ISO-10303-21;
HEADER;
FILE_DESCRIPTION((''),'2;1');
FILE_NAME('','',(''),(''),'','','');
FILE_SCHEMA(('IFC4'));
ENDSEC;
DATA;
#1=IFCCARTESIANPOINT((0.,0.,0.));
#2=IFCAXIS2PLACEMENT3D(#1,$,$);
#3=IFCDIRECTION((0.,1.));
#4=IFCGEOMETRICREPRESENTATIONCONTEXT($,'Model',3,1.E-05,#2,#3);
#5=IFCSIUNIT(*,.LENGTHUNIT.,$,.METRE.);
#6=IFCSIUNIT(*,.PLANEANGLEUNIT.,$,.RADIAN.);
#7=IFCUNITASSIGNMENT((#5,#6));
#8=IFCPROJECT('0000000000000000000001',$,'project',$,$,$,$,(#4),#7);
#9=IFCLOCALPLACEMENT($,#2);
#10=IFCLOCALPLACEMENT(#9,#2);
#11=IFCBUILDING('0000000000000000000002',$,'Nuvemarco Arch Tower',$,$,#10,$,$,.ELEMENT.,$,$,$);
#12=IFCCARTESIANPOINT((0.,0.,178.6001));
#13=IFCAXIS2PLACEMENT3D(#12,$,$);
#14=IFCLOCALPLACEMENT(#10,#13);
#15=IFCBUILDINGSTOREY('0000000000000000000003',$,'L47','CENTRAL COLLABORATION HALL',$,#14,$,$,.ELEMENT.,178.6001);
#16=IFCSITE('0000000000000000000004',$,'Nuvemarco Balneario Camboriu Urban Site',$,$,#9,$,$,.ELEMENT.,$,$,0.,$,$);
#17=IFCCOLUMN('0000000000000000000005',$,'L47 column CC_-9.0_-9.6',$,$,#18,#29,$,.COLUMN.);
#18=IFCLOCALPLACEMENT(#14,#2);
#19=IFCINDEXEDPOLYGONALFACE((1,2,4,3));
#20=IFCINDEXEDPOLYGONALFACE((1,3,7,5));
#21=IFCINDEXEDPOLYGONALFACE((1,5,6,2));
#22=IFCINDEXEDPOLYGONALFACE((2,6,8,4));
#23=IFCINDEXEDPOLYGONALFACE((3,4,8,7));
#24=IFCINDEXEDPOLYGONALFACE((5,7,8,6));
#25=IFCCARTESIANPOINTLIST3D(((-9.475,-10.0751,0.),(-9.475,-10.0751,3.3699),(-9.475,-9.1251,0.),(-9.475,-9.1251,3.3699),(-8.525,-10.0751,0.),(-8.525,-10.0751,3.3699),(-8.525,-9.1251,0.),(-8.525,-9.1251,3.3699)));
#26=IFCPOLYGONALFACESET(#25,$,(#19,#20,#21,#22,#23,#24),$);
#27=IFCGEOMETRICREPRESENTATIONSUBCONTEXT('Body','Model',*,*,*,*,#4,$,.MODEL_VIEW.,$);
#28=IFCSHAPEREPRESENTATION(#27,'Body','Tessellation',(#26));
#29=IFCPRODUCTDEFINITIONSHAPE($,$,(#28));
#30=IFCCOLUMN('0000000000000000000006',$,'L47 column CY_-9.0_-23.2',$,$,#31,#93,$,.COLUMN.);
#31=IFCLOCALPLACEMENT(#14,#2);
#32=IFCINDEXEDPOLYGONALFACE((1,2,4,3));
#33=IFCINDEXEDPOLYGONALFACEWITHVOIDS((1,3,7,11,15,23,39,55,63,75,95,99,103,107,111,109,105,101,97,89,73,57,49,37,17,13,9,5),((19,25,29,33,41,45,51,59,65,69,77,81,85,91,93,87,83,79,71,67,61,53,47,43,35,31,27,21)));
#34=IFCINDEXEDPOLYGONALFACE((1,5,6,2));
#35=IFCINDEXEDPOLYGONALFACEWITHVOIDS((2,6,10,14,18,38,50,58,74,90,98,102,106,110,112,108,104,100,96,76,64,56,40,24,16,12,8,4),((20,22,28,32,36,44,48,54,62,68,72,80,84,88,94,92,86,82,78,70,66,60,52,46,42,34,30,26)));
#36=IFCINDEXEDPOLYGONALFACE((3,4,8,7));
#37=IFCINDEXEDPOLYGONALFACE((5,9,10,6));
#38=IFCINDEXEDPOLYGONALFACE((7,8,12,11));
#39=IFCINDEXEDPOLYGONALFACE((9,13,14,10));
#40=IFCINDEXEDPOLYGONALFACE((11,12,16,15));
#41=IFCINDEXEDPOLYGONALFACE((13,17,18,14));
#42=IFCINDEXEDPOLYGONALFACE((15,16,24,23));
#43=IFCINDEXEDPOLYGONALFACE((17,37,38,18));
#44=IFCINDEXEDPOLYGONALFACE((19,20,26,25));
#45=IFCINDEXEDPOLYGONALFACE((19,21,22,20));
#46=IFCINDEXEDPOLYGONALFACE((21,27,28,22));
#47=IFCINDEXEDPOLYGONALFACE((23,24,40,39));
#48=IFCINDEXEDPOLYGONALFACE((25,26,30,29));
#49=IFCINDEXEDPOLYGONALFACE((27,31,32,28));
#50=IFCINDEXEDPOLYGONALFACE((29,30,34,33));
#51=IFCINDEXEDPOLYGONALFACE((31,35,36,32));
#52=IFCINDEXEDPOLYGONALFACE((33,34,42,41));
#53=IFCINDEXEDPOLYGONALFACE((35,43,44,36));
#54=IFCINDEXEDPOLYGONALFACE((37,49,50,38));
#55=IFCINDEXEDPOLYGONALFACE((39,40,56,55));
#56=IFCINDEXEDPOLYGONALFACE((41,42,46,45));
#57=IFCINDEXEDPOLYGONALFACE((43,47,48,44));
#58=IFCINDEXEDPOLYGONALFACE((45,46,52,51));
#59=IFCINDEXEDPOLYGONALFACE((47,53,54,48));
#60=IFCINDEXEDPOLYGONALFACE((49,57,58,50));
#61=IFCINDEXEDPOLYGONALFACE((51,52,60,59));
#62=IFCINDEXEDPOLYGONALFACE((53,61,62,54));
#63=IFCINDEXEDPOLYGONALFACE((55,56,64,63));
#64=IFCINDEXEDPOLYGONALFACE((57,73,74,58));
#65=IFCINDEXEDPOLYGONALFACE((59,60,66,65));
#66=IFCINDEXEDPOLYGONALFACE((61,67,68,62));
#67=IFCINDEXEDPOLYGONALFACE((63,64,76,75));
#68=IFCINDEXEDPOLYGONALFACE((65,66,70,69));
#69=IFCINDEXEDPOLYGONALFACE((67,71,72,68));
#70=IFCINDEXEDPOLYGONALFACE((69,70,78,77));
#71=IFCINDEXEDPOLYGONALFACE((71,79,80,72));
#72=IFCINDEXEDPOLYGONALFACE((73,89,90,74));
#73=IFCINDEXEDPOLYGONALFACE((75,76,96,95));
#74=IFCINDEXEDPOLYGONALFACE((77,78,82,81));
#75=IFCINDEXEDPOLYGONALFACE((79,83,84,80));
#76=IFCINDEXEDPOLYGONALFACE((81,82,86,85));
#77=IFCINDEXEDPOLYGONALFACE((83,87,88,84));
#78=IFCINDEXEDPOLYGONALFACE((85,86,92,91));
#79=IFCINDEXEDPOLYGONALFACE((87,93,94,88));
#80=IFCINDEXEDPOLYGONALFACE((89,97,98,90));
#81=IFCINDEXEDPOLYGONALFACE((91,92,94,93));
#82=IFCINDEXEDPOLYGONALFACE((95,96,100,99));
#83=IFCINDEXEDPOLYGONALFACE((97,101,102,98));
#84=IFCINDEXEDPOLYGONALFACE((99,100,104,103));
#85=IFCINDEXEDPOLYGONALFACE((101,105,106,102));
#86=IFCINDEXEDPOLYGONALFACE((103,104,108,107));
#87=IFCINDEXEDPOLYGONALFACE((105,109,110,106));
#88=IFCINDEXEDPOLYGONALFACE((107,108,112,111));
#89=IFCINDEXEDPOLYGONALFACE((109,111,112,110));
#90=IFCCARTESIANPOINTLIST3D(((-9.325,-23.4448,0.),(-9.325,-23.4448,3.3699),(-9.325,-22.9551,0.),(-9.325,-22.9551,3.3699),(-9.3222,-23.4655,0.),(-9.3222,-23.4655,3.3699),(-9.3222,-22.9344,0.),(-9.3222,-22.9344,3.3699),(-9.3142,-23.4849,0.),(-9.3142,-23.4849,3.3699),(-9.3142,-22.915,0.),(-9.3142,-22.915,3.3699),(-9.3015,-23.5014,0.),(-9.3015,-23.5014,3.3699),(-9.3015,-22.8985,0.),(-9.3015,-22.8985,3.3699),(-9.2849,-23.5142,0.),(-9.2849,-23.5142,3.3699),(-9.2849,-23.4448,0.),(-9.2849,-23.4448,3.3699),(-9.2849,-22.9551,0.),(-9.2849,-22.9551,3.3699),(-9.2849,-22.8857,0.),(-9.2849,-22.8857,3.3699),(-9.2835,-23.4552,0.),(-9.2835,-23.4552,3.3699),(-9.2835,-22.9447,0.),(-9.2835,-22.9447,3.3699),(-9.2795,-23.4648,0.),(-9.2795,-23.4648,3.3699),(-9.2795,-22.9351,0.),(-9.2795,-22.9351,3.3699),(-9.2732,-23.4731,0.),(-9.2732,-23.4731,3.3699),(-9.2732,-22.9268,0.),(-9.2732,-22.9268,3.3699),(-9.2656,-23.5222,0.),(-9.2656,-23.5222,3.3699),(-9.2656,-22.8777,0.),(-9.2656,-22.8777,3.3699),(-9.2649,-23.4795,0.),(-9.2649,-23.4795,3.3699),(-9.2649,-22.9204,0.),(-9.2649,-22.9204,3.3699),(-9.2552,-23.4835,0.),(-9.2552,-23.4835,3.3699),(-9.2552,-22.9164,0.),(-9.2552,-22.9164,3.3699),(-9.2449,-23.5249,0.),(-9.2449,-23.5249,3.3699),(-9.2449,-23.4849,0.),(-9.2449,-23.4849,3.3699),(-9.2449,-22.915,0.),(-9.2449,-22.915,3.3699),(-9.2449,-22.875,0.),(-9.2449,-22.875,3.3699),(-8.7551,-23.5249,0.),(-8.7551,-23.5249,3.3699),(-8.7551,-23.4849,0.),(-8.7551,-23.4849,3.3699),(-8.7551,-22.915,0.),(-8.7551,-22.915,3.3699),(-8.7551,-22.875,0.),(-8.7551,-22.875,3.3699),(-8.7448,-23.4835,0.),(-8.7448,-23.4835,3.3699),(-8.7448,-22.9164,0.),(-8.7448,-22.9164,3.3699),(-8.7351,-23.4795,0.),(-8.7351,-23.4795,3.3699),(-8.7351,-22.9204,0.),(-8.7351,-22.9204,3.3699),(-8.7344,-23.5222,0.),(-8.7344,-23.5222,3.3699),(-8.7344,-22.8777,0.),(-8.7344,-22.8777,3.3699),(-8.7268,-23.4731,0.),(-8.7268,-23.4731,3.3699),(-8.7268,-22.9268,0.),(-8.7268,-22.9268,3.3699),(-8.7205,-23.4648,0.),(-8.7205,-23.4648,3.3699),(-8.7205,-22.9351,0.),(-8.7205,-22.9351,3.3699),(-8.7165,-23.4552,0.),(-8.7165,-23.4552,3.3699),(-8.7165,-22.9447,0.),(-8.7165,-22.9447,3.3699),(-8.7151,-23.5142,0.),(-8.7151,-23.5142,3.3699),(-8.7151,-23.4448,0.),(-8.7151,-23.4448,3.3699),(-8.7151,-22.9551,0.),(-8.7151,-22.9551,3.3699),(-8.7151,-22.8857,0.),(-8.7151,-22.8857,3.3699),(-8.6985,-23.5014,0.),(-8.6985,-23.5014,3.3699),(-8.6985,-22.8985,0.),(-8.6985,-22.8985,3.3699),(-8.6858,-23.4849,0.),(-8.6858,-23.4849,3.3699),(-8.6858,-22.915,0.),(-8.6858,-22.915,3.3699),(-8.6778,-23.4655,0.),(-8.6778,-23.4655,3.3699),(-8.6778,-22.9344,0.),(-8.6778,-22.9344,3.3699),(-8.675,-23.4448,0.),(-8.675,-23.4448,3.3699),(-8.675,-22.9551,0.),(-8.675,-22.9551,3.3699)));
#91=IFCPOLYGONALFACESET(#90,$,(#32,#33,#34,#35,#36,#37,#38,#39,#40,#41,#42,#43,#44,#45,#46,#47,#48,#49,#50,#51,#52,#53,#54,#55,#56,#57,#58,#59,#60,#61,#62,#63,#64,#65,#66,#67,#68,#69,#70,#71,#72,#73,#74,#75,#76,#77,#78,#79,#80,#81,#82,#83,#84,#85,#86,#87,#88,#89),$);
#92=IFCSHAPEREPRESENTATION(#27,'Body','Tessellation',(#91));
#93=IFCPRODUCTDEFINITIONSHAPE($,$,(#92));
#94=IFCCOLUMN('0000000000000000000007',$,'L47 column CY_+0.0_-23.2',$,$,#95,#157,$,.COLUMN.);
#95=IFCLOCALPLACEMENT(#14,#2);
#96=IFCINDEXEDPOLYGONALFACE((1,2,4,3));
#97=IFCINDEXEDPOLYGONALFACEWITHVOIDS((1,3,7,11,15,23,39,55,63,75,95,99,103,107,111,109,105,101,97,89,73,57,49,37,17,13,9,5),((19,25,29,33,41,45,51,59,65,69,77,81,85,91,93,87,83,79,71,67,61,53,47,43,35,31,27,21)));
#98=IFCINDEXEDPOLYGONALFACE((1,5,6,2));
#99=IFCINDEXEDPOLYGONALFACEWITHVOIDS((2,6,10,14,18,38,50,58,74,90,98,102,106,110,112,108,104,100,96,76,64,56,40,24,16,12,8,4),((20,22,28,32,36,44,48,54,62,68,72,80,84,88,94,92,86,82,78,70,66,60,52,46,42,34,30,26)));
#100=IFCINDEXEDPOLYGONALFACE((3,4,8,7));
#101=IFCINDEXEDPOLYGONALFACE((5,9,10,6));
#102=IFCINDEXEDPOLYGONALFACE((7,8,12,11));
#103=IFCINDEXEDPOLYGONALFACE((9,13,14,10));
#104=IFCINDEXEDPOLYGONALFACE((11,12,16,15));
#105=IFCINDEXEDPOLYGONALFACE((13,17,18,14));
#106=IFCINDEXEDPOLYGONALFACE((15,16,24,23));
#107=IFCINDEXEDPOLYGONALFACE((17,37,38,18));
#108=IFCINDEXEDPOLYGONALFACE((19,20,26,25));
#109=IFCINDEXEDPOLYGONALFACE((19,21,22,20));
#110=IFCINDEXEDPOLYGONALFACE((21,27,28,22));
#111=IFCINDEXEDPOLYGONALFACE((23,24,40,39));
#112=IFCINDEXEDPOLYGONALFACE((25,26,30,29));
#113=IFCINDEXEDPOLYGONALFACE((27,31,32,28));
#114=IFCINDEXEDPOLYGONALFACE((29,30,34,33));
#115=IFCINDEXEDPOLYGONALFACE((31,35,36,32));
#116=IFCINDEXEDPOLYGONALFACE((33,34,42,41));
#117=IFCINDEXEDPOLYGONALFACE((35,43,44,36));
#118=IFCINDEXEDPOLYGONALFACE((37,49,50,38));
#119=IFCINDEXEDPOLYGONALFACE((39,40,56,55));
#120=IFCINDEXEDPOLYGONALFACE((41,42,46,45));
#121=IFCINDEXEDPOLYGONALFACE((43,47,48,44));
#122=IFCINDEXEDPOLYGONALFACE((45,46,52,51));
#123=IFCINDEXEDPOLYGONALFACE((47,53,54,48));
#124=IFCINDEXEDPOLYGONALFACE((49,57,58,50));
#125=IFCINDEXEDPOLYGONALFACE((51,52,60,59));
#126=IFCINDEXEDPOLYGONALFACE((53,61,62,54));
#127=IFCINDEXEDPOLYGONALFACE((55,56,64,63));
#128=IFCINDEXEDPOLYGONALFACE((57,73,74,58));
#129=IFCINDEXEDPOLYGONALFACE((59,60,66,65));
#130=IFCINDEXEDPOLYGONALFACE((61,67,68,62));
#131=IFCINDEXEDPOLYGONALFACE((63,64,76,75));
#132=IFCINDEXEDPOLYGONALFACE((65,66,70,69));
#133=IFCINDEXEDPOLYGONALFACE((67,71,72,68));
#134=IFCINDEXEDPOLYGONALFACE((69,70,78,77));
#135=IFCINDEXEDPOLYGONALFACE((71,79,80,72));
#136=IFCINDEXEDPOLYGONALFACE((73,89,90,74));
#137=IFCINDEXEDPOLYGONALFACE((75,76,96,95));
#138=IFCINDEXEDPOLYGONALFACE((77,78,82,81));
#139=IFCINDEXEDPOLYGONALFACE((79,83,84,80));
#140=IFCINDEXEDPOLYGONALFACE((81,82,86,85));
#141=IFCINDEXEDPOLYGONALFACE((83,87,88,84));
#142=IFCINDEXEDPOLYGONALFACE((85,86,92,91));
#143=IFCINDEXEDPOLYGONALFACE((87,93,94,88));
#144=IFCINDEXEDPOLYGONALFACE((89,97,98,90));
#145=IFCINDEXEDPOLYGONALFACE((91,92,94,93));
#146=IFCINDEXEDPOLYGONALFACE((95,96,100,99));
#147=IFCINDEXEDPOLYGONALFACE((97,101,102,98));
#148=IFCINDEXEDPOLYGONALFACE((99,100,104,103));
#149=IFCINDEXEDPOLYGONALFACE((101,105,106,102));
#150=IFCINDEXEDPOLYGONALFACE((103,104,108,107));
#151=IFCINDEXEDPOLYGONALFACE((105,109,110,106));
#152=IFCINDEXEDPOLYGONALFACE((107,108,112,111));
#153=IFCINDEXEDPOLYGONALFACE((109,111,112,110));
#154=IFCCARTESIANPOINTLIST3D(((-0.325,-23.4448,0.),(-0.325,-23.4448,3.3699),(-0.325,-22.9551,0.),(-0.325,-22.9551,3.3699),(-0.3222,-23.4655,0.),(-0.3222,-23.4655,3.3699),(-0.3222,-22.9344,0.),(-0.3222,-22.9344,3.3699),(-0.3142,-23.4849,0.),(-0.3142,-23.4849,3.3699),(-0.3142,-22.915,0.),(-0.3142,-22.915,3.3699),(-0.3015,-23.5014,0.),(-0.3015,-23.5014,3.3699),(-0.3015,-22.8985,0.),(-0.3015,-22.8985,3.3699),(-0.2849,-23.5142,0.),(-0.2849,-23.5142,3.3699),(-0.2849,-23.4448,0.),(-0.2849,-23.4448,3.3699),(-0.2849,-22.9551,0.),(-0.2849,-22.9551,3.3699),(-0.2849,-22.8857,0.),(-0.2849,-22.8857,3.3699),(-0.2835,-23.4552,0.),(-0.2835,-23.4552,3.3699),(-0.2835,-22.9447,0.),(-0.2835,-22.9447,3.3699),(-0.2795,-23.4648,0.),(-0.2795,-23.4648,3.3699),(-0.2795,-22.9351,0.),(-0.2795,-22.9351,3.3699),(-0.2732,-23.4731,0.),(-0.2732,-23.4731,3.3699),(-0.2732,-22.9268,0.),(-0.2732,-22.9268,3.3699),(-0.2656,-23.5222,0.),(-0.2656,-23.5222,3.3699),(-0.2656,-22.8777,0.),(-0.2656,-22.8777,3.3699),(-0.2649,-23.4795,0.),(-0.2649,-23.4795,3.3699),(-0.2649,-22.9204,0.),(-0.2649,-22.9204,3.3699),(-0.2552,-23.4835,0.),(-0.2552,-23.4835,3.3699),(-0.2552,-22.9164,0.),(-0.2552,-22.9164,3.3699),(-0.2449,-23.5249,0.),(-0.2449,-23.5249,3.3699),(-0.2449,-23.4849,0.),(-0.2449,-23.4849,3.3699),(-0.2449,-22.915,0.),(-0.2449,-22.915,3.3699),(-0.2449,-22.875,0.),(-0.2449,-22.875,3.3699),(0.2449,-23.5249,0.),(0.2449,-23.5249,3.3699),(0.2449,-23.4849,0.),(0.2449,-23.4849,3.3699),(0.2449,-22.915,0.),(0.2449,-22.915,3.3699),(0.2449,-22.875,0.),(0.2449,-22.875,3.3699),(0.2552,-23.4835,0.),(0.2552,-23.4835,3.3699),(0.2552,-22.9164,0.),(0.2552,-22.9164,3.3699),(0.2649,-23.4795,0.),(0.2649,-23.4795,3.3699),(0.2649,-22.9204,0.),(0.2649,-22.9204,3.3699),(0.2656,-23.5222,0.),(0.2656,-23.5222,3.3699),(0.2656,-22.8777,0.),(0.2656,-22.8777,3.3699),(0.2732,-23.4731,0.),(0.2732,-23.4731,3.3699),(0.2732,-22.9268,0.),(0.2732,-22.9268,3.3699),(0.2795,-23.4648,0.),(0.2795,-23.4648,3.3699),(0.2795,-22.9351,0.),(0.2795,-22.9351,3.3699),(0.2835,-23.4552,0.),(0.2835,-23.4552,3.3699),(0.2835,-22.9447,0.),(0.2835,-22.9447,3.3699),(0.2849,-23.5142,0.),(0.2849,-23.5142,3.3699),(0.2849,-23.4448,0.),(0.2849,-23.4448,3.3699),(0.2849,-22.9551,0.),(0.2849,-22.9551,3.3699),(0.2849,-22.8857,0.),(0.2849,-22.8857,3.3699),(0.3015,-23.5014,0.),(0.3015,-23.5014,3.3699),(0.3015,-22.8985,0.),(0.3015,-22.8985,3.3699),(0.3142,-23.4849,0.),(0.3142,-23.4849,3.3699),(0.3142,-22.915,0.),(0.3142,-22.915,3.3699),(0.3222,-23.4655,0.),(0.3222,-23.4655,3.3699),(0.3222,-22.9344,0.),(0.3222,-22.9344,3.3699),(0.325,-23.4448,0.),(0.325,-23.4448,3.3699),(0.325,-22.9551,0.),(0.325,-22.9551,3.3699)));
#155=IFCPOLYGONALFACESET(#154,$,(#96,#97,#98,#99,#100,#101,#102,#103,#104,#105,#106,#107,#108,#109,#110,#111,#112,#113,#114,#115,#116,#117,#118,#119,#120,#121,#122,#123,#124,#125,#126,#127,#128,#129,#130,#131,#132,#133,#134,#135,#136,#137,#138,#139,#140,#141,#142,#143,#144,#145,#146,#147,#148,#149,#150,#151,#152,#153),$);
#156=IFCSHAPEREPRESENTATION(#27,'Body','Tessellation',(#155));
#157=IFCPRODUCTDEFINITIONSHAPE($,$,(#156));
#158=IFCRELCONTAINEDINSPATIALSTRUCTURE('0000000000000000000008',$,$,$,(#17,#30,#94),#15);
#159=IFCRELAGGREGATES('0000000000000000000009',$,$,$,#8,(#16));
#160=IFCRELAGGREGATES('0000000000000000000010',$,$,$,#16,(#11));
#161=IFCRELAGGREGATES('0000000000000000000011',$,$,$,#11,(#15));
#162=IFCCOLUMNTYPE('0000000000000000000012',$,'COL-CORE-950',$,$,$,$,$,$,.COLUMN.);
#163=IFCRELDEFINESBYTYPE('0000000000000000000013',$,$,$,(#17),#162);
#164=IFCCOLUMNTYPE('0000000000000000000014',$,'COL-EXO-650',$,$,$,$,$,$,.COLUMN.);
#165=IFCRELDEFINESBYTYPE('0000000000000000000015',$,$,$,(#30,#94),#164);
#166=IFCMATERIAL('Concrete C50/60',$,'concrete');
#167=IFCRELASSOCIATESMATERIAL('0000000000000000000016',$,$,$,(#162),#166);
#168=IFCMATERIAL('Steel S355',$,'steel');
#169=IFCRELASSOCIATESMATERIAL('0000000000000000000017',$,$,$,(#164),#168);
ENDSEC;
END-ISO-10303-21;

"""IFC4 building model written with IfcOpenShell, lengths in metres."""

from ifc_helpers import new_model, si_unit, direction, frame, origin, origin_2d, place, context, subcontext, project, spatial, rectangle, hollow_rectangle, extrude, material, material_profile, profile_set, type_object, element, save


model = new_model("IFC4")

# Units and contexts
model_context = context("Model", 3, precision=1e-05, world=origin(), true_north=direction((0.0, 1.0)))
body_context = subcontext(model_context, "Body", "Model", "MODEL_VIEW")
ifc_project = project(units=[si_unit("LENGTHUNIT", "METRE"), si_unit("PLANEANGLEUNIT", "RADIAN")], contexts=[model_context])

# Site, building, storey
site_placement = place(None, origin())
site = spatial("IfcSite", under=ifc_project, at=site_placement, Name="Nuvemarco Balneario Camboriu Urban Site", CompositionType="ELEMENT", RefElevation=0.0)
building_placement = place(site_placement, origin())
building = spatial("IfcBuilding", under=site, at=building_placement, Name="Nuvemarco Arch Tower", CompositionType="ELEMENT")
storey_placement = place(building_placement, frame((0.0, 0.0, 178.6001)))
storey = spatial("IfcBuildingStorey", under=building, at=storey_placement, Name="L47", Description="CENTRAL COLLABORATION HALL", CompositionType="ELEMENT", Elevation=178.6001)

# Columns
ifc_material_1 = material(Name="Concrete C50/60", Category="concrete")
ifc_material_profile_1 = material_profile(ifc_material_1, rectangle(XDim=0.95, YDim=0.95, at=origin_2d()), Name="RC-COL-950x950")
ifc_profile_set_1 = profile_set([ifc_material_profile_1], Name="Concrete C50/60")
column_type_1 = type_object("IfcColumnType", Name="COL-CORE-950", PredefinedType="COLUMN", material=ifc_profile_set_1)
column_placement = place(storey_placement, frame((-9.0, -9.6001, 0.0), z_axis=(0.0, 0.0, 1.0), x_axis=(1.0, 0.0, 0.0)))
element("IfcColumn", 1, at=column_placement, inside=storey, type_object=column_type_1, Name="L47 column CC_-9.0_-9.6", PredefinedType="COLUMN", context=body_context, shape_type="SweptSolid", body=[
    extrude(rectangle(XDim=0.95, YDim=0.95, at=origin_2d()), origin(), (0.0, 0.0, 1.0), 3.3699),
])
ifc_material_2 = material(Name="Steel S355", Category="steel")
ifc_material_profile_2 = material_profile(ifc_material_2, hollow_rectangle(XDim=0.6499, YDim=0.6499, WallThickness=0.04, InnerFilletRadius=0.04, OuterFilletRadius=0.0801, at=origin_2d()), Name="SHS650x650x40")
ifc_profile_set_2 = profile_set([ifc_material_profile_2], Name="Steel S355")
column_type_2 = type_object("IfcColumnType", Name="COL-EXO-650", PredefinedType="COLUMN", material=ifc_profile_set_2)
for number, where, z_axis, x_axis, name in (
    (2, (-9.0, -23.2, 0.0), (0.0, 0.0, 1.0), (1.0, 0.0, 0.0), "L47 column CY_-9.0_-23.2"),
    (3, (0.0, -23.2, 0.0), (0.0, 0.0, 1.0), (1.0, 0.0, 0.0), "L47 column CY_+0.0_-23.2"),
):
    element("IfcColumn", number, at=place(storey_placement, frame(where, z_axis=z_axis, x_axis=x_axis)), inside=storey, type_object=column_type_2, Name=name, PredefinedType="COLUMN", context=body_context, shape_type="SweptSolid", body=[
        extrude(hollow_rectangle(XDim=0.6499, YDim=0.6499, WallThickness=0.04, InnerFilletRadius=0.04, OuterFilletRadius=0.0801, at=origin_2d()), origin(), (0.0, 0.0, 1.0), 3.3699),
    ])

save(model, "model.ifc")
